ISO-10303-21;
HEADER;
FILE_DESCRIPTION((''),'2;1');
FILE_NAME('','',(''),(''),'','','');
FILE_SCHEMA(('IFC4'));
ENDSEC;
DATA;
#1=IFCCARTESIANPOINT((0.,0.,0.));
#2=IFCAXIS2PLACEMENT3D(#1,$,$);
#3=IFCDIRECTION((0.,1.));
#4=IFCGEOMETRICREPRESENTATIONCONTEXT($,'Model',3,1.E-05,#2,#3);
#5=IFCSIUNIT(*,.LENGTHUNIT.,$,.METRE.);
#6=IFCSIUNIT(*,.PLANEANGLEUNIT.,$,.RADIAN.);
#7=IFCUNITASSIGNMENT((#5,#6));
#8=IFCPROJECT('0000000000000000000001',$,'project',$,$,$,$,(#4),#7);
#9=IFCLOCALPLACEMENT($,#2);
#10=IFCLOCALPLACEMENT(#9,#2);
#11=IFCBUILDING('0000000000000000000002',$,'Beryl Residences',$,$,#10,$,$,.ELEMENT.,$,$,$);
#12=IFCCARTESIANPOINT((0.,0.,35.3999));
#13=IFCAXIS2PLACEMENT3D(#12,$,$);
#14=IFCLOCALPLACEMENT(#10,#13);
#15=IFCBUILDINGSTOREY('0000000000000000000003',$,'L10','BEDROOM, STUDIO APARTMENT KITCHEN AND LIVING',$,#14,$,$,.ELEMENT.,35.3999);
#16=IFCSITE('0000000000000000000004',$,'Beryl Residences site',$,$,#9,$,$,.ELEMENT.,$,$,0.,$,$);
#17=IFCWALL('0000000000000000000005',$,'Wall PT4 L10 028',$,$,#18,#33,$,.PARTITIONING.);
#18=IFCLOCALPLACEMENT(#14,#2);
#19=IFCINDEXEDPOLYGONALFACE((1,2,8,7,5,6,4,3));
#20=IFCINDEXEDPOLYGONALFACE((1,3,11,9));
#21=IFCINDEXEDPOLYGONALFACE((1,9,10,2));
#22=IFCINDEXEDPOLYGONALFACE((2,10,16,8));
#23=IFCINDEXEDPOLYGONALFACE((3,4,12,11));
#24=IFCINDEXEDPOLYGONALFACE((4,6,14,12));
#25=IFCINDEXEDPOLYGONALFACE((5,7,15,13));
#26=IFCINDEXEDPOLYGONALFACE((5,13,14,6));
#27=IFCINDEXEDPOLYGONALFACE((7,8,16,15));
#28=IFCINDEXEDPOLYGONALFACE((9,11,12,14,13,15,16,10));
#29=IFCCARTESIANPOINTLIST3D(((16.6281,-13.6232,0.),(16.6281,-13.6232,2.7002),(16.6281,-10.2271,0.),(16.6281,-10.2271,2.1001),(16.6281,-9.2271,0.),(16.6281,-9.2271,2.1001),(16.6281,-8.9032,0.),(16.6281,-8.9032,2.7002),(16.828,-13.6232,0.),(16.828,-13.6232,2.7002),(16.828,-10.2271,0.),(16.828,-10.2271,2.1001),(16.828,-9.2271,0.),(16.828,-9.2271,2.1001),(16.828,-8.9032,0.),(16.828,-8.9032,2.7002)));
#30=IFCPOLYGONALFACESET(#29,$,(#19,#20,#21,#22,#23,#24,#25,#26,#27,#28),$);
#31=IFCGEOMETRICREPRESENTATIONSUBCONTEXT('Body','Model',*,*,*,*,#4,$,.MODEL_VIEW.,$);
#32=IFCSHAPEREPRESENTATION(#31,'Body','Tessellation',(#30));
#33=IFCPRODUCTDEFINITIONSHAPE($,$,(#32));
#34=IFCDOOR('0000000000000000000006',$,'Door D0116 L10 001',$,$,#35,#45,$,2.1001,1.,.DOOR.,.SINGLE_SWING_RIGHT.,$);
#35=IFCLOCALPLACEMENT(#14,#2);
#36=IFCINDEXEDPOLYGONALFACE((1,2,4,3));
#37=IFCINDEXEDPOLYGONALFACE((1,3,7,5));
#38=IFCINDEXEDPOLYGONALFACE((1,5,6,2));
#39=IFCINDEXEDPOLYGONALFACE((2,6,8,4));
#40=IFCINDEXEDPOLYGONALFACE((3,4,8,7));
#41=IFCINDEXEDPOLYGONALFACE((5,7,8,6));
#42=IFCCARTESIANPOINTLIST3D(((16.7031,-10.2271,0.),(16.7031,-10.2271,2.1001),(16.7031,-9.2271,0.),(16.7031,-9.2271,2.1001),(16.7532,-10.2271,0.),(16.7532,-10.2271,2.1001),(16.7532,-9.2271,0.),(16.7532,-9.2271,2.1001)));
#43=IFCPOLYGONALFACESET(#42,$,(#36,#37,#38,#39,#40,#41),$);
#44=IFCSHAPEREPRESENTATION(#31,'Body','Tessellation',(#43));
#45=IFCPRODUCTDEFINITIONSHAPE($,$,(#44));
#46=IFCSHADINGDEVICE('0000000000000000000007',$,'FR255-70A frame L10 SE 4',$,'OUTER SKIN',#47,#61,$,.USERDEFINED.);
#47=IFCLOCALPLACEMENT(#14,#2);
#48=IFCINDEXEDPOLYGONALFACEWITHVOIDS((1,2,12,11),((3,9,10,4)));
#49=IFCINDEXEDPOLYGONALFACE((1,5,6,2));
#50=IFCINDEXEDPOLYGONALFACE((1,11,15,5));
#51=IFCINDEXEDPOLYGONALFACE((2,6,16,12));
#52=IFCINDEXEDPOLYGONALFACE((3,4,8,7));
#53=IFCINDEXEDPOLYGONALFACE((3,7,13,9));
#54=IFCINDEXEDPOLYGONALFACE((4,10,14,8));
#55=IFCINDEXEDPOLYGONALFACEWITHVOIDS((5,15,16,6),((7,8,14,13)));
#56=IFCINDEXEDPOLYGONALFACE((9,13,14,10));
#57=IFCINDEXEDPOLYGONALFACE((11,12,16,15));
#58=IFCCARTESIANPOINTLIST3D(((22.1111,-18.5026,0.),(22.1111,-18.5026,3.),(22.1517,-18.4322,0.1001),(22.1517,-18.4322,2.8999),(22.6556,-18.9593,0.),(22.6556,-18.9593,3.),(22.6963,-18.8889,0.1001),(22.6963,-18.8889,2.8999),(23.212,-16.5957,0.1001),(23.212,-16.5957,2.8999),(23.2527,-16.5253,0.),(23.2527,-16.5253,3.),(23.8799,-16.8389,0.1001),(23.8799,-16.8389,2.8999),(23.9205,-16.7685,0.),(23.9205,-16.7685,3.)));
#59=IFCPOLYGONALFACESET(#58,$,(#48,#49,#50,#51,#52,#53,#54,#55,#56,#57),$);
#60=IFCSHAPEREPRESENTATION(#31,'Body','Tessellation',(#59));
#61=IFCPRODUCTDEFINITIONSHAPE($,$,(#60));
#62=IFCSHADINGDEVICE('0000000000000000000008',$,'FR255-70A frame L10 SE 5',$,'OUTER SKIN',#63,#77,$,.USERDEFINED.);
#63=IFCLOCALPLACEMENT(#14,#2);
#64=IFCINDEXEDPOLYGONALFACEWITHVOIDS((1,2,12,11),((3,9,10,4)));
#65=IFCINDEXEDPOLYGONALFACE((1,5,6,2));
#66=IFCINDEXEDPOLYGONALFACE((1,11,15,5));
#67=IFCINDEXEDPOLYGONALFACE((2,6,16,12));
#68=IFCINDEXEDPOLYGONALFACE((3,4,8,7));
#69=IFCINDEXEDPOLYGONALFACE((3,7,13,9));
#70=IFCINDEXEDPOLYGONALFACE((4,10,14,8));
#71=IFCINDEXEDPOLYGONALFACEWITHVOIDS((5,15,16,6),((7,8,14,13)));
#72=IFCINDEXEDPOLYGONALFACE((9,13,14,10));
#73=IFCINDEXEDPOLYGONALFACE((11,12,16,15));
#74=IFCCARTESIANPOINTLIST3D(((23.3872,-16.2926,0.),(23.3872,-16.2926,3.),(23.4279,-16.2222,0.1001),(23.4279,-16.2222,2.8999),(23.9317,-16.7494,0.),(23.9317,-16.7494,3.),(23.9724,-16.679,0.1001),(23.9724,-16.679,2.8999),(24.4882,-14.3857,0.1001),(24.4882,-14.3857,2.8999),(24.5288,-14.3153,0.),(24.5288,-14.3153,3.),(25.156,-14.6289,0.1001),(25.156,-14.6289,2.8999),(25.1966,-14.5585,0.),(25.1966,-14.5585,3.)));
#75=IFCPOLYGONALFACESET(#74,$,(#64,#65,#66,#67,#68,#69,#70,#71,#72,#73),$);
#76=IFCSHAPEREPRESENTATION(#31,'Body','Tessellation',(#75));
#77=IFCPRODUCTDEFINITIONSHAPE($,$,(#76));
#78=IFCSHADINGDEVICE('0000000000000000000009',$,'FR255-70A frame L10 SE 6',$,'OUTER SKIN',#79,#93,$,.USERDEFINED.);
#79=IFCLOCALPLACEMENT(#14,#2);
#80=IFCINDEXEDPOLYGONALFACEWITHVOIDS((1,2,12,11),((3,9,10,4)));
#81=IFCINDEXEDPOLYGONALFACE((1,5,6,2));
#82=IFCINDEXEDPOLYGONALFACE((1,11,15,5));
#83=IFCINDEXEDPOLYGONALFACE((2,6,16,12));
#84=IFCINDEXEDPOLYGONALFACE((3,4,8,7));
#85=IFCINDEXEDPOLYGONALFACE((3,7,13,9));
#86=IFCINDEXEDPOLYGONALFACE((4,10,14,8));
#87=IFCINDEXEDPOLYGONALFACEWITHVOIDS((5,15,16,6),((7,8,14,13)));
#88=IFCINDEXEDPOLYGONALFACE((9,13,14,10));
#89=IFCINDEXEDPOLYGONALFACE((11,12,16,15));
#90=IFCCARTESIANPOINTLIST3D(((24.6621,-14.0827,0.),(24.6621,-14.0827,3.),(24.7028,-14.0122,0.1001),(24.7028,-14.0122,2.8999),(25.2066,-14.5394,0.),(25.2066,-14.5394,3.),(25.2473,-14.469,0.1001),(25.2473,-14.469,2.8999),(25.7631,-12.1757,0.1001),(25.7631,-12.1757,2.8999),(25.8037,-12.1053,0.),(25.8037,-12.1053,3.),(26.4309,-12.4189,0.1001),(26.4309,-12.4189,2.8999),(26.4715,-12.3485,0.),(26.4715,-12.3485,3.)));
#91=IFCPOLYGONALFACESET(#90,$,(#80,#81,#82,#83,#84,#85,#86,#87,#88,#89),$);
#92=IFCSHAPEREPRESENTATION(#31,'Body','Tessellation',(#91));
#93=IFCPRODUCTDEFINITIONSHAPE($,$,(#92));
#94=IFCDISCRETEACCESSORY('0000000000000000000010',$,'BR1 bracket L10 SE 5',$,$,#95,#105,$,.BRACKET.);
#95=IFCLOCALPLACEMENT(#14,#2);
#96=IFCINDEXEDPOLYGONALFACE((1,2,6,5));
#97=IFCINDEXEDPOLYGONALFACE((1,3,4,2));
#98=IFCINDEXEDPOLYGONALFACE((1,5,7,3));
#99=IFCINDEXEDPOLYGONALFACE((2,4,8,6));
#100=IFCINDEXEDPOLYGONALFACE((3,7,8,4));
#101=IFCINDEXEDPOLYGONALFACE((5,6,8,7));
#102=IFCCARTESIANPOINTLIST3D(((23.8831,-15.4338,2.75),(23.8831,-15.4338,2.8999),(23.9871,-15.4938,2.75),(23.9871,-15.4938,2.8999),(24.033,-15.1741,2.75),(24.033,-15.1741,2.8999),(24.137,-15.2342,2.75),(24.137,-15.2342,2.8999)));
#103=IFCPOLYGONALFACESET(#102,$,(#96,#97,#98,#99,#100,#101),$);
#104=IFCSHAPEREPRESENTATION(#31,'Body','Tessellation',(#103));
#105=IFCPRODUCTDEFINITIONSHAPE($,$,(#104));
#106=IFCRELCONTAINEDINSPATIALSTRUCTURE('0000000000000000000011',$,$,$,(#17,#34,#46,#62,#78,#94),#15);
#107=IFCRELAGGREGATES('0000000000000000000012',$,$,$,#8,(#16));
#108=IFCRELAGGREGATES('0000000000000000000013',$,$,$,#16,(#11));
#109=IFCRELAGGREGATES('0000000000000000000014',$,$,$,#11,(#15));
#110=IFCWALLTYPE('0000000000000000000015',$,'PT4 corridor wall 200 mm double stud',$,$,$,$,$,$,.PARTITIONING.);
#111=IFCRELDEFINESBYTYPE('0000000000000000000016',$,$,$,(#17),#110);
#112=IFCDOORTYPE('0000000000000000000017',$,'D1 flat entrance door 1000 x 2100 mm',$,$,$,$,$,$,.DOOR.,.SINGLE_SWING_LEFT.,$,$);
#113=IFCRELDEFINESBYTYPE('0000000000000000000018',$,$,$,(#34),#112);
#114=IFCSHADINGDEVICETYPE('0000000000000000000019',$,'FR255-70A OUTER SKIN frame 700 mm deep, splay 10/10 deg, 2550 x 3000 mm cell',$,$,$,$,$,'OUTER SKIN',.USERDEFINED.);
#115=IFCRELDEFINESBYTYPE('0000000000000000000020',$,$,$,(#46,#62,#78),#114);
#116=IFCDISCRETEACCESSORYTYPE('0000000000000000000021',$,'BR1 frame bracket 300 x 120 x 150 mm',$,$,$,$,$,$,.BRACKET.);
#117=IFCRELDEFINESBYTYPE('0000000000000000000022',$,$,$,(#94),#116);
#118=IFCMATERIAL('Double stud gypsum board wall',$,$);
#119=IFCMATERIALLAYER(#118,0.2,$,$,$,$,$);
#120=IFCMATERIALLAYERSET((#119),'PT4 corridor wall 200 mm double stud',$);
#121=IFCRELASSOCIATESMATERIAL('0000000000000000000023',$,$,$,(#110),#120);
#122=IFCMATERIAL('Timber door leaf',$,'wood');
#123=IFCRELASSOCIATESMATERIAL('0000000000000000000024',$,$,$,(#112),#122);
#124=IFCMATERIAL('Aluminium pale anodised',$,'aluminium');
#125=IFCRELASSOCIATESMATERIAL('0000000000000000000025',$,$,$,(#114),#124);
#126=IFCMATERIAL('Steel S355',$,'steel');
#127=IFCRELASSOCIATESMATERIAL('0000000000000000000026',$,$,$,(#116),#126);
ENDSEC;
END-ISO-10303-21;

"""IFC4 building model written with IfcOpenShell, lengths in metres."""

from ifc_helpers import new_model, entity, si_unit, direction, frame, frame_2d, origin, place, context, subcontext, project, spatial, polyline, rectangle, outline, extrude, source, transform, mapped, material, layer, layer_set, type_object, type_shapes, element, fill, save


model = new_model("IFC4")

# Units and contexts
model_context = context("Model", 3, precision=1e-05, world=origin(), true_north=direction((0.0, 1.0)))
body_context = subcontext(model_context, "Body", "Model", "MODEL_VIEW")
ifc_project = project(units=[si_unit("LENGTHUNIT", "METRE"), si_unit("PLANEANGLEUNIT", "RADIAN")], contexts=[model_context])

# Site, building, storey
site_placement = place(None, origin())
site = spatial("IfcSite", under=ifc_project, at=site_placement, Name="Beryl Residences site", CompositionType="ELEMENT", RefElevation=0.0)
building_placement = place(site_placement, origin())
building = spatial("IfcBuilding", under=site, at=building_placement, Name="Beryl Residences", CompositionType="ELEMENT")
storey_placement = place(building_placement, frame((0.0, 0.0, 35.3999)))
storey = spatial("IfcBuildingStorey", under=building, at=storey_placement, Name="L10", Description="BEDROOM, STUDIO APARTMENT KITCHEN AND LIVING", CompositionType="ELEMENT", Elevation=35.3999)

# Shared definitions
ifc_material_1 = material(Name="Double stud gypsum board wall")
ifc_layer_1 = layer(ifc_material_1, 0.2)
ifc_layer_set_1 = layer_set([ifc_layer_1], Name="PT4 corridor wall 200 mm double stud")
wall_type_1 = type_object("IfcWallType", Name="PT4 corridor wall 200 mm double stud", PredefinedType="PARTITIONING", material=ifc_layer_set_1)

# Wall, opening, door
wall_1_placement = place(storey_placement, frame((16.728, -13.623, 0.0), z_axis=(0.0, 0.0, 1.0), x_axis=(0.0, 1.0, 0.0)))
wall_1 = element("IfcWall", 1, at=wall_1_placement, inside=storey, type_object=wall_type_1, Name="Wall PT4 L10 028", PredefinedType="PARTITIONING", context=body_context, shape_type="SweptSolid", body=[
    extrude(rectangle(XDim=4.72, YDim=0.2, at=frame_2d((2.3599, 0.0))), origin(), (0.0, 0.0, 1.0), 2.7002),
])
opening_1_placement = place(wall_1_placement, frame((3.396, 0.0, 0.0)))
opening_1 = element("IfcOpeningElement", 2, at=opening_1_placement, cuts=wall_1, PredefinedType="OPENING", context=body_context, shape_type="SweptSolid", body=[
    extrude(rectangle(XDim=1.0, YDim=2.1001, at=frame_2d((0.5, 1.05))), frame((0.0, 0.1099, 0.0), z_axis=(0.0, -1.0, 0.0), x_axis=(1.0, 0.0, 0.0)), (0.0, 0.0, 1.0), 0.22),
])
ifc_material_2 = material(Name="Timber door leaf", Category="wood")
door_type_1 = type_object("IfcDoorType", Name="D1 flat entrance door 1000 x 2100 mm", OperationType="SINGLE_SWING_LEFT", PredefinedType="DOOR", material=ifc_material_2)
door_1_placement = place(opening_1_placement, origin())
door_1 = element("IfcDoor", 3, at=door_1_placement, inside=storey, type_object=door_type_1, Name="Door D0116 L10 001", OperationType="SINGLE_SWING_RIGHT", OverallHeight=2.1001, OverallWidth=1.0, PredefinedType="DOOR", context=body_context, shape_type="SweptSolid", body=[
    extrude(rectangle(XDim=1.0, YDim=2.1001, at=frame_2d((0.5, 1.05))), frame((0.0, 0.0249, 0.0), z_axis=(0.0, -1.0, 0.0), x_axis=(1.0, 0.0, 0.0)), (0.0, 0.0, 1.0), 0.05),
])
fill(opening_1, door_1)

# Shading devices
ifc_material_3 = material(Name="Aluminium pale anodised", Category="aluminium")
shading_device_type = type_object("IfcShadingDeviceType", Name="FR255-70A OUTER SKIN frame 700 mm deep, splay 10/10 deg, 2550 x 3000 mm cell", ElementType="OUTER SKIN", PredefinedType="USERDEFINED", material=ifc_material_3)
cartesian_point_1 = entity("IfcCartesianPoint", [-1.1416, 0.0])
cartesian_point_2 = entity("IfcCartesianPoint", [-1.0603, 0.1001])
cartesian_point_3 = entity("IfcCartesianPoint", [-1.2649, 0.0])
cartesian_point_4 = entity("IfcCartesianPoint", [-1.1836, 0.1001])
shared_shape_1 = source(origin(), body_context, "Body", "SweptSolid", [
    entity("IfcExtrudedAreaSolidTapered", entity("IfcArbitraryProfileDefWithVoids", "AREA", None, entity("IfcPolyline", [cartesian_point_1, entity("IfcCartesianPoint", [1.1416, 0.0]), entity("IfcCartesianPoint", [1.1416, 3.0]), entity("IfcCartesianPoint", [-1.1416, 3.0]), cartesian_point_1]), [entity("IfcPolyline", [cartesian_point_2, entity("IfcCartesianPoint", [1.0603, 0.1001]), entity("IfcCartesianPoint", [1.0603, 2.8999]), entity("IfcCartesianPoint", [-1.0603, 2.8999]), cartesian_point_2])]), entity("IfcAxis2Placement3D", entity("IfcCartesianPoint", [0.0, 0.0, 0.0]), entity("IfcDirection", [0.0, 1.0, 0.0]), entity("IfcDirection", [-1.0, 0.0, 0.0])), entity("IfcDirection", [0.0, 0.0, 1.0]), 0.7, entity("IfcArbitraryProfileDefWithVoids", "AREA", None, entity("IfcPolyline", [cartesian_point_3, entity("IfcCartesianPoint", [1.2649, 0.0]), entity("IfcCartesianPoint", [1.2649, 3.0]), entity("IfcCartesianPoint", [-1.2649, 3.0]), cartesian_point_3]), [entity("IfcPolyline", [cartesian_point_4, entity("IfcCartesianPoint", [1.1836, 0.1001]), entity("IfcCartesianPoint", [1.1836, 2.8999]), entity("IfcCartesianPoint", [-1.1836, 2.8999]), cartesian_point_4])])),
])
type_shapes(shading_device_type, [shared_shape_1])
for number, where, z_axis, x_axis, name in (
    (4, (22.6819, -17.5139, 0.0), (0.0, 0.0, 1.0), (-0.5, -0.866025, 0.0), "FR255-70A frame L10 SE 4"),
    (5, (23.958, -15.304, 0.0), (0.0, 0.0, 1.0), (-0.5, -0.866025, 0.0), "FR255-70A frame L10 SE 5"),
    (6, (25.2329, -13.094, 0.0), (0.0, 0.0, 1.0), (-0.5, -0.866025, 0.0), "FR255-70A frame L10 SE 6"),
):
    element("IfcShadingDevice", number, at=place(storey_placement, frame(where, z_axis=z_axis, x_axis=x_axis)), inside=storey, type_object=shading_device_type, Name=name, ObjectType="OUTER SKIN", PredefinedType="USERDEFINED", context=body_context, shape_type="MappedRepresentation", body=[
        mapped(shared_shape_1, transform((0.0, 0.0, 0.0))),
    ])

# Discrete accessory
ifc_material_4 = material(Name="Steel S355", Category="steel")
discrete_accessory_type = type_object("IfcDiscreteAccessoryType", Name="BR1 frame bracket 300 x 120 x 150 mm", PredefinedType="BRACKET", material=ifc_material_4)
shared_shape_2 = source(origin(), body_context, "Body", "SweptSolid", [
    extrude(outline(polyline([(-0.1499, 0.0), (0.1499, 0.0), (0.1499, 0.1201), (-0.1499, 0.1201), (-0.1499, 0.0)])), origin(), (0.0, 0.0, 1.0), 0.1499),
])
type_shapes(discrete_accessory_type, [shared_shape_2])
discrete_accessory_placement = place(storey_placement, frame((23.958, -15.304, 2.75), z_axis=(0.0, 0.0, 1.0), x_axis=(-0.5, -0.866025, 0.0)))
element("IfcDiscreteAccessory", 7, at=discrete_accessory_placement, inside=storey, type_object=discrete_accessory_type, Name="BR1 bracket L10 SE 5", PredefinedType="BRACKET", context=body_context, shape_type="MappedRepresentation", body=[
    mapped(shared_shape_2, transform((0.0, 0.0, 0.0))),
])

save(model, "model.ifc")
